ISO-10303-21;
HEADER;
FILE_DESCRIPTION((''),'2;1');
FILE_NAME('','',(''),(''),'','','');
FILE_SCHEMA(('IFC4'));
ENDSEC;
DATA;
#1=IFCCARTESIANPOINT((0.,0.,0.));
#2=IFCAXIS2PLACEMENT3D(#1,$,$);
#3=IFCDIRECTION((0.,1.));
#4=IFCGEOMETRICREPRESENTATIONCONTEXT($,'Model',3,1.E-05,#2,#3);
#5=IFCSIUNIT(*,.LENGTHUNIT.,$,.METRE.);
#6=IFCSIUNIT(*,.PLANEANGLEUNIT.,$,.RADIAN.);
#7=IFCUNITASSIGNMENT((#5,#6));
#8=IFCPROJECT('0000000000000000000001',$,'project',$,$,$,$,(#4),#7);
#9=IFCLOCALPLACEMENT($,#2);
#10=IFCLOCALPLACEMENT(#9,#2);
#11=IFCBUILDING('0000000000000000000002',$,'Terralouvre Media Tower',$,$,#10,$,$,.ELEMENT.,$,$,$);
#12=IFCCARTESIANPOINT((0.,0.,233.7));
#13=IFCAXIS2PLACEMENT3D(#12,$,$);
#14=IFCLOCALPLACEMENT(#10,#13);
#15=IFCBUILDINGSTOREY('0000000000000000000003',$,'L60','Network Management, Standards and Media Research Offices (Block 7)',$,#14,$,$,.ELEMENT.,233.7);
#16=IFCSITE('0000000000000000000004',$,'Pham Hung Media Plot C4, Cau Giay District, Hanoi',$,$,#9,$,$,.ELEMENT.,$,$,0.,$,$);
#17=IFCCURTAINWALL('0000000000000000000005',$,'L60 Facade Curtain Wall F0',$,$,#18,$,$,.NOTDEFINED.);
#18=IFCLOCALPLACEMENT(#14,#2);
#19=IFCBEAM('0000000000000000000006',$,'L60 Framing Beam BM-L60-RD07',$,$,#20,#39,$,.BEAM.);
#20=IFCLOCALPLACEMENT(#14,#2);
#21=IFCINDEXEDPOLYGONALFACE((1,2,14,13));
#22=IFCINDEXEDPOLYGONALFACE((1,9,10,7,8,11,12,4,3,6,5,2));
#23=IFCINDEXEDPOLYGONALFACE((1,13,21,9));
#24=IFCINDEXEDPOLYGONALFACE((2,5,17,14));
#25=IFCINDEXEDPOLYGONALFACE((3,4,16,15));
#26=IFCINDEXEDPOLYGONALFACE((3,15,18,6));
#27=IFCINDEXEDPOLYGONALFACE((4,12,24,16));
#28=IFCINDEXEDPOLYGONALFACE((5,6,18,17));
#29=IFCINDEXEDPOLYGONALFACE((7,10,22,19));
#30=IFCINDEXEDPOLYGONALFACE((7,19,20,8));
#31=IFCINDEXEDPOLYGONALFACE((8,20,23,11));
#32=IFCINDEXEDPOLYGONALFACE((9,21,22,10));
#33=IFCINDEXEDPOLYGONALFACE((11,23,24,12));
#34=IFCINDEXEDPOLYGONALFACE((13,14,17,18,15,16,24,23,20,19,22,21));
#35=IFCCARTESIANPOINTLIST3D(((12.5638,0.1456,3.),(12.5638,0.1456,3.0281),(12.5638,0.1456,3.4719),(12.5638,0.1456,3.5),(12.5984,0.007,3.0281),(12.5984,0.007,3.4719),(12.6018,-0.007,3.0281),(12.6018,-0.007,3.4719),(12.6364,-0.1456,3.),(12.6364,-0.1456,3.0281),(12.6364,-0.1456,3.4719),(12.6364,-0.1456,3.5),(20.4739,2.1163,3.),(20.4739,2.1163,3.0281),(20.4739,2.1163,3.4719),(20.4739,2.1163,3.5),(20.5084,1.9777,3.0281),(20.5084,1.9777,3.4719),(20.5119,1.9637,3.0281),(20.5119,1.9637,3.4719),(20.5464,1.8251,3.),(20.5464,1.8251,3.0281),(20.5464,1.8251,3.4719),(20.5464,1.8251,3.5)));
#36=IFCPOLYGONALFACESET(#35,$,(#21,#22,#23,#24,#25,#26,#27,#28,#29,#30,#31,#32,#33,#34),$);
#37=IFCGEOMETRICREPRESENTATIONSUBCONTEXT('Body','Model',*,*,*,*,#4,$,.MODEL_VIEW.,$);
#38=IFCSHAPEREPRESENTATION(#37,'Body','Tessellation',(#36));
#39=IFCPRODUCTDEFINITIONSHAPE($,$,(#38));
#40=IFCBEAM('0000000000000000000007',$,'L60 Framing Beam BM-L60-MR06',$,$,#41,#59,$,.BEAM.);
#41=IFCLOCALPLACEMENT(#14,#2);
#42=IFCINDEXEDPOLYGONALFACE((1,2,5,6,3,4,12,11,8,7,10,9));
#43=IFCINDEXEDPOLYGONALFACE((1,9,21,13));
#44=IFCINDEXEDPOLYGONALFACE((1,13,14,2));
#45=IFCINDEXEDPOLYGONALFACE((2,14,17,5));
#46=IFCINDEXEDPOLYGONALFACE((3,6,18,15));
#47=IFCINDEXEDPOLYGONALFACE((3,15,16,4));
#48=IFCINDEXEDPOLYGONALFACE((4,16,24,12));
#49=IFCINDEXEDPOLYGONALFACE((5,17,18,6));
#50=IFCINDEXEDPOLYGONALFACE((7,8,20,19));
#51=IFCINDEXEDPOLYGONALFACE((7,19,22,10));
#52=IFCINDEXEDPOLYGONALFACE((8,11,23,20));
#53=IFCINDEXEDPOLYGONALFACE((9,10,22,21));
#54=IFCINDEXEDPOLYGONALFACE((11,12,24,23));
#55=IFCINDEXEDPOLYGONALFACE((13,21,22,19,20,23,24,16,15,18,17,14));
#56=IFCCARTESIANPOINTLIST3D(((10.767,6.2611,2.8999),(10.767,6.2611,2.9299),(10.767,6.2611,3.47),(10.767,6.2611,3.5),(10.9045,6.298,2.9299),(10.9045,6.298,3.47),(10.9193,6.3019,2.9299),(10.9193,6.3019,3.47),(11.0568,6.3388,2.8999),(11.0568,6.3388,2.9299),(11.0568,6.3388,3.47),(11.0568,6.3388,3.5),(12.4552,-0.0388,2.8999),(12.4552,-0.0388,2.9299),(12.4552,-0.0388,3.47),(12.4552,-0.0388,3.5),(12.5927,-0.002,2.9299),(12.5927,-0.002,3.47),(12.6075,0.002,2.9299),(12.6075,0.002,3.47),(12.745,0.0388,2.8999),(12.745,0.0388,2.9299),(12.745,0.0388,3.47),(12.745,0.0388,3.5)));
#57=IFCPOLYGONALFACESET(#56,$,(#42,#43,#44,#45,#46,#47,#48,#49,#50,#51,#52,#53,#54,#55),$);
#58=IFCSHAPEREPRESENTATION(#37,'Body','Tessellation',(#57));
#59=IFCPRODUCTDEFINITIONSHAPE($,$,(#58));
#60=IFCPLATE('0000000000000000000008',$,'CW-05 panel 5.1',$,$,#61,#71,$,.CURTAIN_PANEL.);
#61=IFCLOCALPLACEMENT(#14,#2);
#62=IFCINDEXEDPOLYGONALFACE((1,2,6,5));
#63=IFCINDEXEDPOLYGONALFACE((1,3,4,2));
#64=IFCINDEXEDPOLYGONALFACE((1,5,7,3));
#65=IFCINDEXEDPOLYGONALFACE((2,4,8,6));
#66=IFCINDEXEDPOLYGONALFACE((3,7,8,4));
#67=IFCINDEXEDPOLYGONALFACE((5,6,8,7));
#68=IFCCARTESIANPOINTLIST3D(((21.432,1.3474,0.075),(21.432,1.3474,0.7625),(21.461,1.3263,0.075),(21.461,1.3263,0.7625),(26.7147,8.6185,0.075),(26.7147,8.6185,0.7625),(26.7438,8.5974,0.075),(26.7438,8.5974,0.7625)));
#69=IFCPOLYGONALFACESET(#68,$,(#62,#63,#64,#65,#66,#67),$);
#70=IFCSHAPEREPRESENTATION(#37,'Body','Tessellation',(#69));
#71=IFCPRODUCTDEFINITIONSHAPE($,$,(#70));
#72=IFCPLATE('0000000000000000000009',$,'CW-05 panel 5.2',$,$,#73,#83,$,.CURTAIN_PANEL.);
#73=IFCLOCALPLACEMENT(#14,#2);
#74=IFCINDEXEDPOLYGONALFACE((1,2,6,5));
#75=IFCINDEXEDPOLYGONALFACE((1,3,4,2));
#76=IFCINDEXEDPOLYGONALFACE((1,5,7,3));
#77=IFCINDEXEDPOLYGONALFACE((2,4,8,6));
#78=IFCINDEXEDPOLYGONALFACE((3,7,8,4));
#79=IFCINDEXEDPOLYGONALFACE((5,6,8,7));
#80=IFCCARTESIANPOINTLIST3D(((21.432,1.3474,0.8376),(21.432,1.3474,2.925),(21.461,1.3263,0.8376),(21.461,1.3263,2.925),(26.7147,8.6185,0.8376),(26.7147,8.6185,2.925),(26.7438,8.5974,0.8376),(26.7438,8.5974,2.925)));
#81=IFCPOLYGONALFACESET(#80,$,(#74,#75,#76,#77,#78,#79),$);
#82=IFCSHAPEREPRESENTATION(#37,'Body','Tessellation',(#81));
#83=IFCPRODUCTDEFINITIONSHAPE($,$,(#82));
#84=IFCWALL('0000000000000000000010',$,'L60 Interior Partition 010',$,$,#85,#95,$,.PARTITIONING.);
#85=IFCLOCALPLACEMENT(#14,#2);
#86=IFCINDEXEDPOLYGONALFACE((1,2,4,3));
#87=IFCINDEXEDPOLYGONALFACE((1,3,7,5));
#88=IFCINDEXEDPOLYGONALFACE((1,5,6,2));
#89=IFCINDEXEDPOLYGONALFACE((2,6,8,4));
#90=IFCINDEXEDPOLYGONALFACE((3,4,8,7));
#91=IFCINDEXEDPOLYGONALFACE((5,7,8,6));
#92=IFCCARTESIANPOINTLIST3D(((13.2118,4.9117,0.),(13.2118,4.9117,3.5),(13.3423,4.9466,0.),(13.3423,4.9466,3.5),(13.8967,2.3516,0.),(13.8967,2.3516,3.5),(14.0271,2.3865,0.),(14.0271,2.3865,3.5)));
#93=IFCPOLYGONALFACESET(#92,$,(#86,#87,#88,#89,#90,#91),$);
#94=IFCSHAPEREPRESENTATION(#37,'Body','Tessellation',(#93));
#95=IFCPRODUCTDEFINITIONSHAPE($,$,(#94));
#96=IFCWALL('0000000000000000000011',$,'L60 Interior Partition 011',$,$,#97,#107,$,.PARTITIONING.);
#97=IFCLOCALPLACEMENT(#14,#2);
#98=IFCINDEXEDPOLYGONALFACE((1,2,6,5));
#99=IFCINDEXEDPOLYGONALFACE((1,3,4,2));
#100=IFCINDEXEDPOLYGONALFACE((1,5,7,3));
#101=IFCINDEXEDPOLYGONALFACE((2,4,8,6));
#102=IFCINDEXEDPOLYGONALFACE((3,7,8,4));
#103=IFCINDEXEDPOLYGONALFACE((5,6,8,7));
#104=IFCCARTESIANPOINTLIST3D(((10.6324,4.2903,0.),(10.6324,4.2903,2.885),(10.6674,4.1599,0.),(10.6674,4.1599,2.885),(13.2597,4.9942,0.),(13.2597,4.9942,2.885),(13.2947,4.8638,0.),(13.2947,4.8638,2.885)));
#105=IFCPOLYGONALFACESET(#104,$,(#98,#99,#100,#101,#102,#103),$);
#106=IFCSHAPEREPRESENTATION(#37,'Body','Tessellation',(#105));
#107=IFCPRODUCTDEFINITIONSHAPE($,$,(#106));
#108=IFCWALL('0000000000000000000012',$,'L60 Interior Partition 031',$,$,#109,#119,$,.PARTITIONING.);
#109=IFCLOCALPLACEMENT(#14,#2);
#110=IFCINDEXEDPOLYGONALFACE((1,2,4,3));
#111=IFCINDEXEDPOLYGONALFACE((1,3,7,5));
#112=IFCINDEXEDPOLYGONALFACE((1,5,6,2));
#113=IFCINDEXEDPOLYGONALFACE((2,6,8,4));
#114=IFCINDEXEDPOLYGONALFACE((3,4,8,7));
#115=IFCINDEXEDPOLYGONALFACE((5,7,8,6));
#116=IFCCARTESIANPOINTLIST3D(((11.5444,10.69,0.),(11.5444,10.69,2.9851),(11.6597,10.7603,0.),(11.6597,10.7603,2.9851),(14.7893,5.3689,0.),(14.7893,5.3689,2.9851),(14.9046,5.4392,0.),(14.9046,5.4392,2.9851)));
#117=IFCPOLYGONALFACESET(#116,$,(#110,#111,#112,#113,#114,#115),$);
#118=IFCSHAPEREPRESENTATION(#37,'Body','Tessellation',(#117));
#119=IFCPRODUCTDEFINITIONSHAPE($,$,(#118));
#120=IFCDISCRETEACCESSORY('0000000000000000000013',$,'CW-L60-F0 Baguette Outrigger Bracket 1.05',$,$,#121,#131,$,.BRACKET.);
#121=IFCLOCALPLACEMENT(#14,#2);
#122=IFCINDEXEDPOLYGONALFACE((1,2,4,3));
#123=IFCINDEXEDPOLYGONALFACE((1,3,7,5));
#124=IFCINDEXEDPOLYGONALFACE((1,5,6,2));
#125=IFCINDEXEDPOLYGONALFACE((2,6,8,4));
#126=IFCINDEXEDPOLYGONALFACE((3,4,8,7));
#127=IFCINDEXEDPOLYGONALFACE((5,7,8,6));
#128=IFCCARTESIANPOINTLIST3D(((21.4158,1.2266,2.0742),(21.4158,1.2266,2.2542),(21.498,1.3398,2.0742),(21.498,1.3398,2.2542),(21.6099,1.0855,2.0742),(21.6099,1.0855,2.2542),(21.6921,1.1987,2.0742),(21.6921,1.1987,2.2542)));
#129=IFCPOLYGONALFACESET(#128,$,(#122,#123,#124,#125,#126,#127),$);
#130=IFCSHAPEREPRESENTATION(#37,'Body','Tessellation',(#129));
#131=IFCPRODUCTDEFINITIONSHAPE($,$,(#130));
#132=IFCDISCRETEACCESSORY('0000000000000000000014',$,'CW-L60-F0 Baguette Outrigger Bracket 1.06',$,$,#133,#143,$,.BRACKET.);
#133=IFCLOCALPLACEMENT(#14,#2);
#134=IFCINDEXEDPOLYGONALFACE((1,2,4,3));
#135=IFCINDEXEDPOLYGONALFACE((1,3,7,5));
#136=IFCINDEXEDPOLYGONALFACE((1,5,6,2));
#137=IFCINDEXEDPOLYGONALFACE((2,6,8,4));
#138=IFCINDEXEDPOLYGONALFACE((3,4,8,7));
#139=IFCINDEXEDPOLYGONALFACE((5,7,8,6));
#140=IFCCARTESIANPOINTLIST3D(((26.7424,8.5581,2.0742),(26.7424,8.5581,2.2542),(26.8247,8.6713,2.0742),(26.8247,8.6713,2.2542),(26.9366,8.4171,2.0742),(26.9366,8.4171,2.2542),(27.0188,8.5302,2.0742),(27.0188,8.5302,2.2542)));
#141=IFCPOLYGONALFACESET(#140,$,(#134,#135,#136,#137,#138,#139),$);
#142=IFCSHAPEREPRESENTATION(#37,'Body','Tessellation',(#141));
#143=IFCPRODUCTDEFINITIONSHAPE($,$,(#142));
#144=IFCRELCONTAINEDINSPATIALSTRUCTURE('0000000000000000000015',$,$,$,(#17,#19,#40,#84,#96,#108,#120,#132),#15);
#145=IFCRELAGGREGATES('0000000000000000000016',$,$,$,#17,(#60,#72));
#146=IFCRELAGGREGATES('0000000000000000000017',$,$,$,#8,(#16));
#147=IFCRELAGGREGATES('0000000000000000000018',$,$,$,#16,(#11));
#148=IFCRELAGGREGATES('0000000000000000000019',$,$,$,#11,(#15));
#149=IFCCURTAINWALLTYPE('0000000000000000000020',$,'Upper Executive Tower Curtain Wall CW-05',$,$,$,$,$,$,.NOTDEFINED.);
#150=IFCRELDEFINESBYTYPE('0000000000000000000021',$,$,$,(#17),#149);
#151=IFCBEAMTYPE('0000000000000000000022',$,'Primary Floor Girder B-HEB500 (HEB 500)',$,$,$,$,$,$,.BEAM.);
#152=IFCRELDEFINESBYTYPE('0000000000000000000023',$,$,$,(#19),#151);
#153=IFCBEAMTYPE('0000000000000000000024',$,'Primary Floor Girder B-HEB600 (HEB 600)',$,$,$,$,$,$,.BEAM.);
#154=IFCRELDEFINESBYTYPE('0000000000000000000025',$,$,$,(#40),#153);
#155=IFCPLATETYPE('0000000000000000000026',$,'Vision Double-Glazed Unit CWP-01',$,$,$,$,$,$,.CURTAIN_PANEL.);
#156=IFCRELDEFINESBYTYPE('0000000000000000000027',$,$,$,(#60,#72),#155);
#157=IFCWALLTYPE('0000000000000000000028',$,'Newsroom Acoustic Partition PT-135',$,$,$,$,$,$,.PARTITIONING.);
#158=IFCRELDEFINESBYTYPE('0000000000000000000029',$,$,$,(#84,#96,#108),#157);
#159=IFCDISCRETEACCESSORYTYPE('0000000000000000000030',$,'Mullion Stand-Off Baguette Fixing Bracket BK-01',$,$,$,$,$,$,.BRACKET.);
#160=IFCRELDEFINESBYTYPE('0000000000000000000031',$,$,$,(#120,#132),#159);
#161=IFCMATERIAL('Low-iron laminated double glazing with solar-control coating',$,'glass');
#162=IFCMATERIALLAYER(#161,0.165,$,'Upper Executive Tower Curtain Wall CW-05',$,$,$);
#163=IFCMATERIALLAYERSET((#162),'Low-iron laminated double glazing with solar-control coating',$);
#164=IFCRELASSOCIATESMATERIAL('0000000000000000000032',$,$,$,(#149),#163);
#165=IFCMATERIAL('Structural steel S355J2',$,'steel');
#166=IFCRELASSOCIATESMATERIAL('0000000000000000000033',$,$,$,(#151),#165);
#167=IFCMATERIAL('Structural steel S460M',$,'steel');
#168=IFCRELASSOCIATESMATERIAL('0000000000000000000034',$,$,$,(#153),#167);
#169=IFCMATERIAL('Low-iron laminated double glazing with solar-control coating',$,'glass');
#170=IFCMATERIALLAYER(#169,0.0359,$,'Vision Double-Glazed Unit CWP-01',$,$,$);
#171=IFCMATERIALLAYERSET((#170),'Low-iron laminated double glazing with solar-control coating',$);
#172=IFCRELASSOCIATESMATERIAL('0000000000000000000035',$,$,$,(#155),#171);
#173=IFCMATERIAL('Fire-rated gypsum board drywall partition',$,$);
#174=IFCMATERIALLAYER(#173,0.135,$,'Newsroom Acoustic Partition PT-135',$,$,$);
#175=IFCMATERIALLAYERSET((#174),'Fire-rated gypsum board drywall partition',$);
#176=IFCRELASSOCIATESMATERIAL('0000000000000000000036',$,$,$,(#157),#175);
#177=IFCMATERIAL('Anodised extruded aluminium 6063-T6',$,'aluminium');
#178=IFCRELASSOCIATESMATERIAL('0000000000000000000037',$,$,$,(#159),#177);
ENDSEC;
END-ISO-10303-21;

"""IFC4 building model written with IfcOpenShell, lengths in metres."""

from ifc_helpers import new_model, si_unit, direction, frame, frame_2d, origin, origin_2d, place, context, subcontext, project, spatial, rectangle, i_section, extrude, material, layer, layer_set, material_profile, profile_set, type_object, element, aggregate, save


model = new_model("IFC4")

# Units and contexts
model_context = context("Model", 3, precision=1e-05, world=origin(), true_north=direction((0.0, 1.0)))
body_context = subcontext(model_context, "Body", "Model", "MODEL_VIEW")
ifc_project = project(units=[si_unit("LENGTHUNIT", "METRE"), si_unit("PLANEANGLEUNIT", "RADIAN")], contexts=[model_context])

# Site, building, storey
site_placement = place(None, origin())
site = spatial("IfcSite", under=ifc_project, at=site_placement, Name="Pham Hung Media Plot C4, Cau Giay District, Hanoi", CompositionType="ELEMENT", RefElevation=0.0)
building_placement = place(site_placement, origin())
building = spatial("IfcBuilding", under=site, at=building_placement, Name="Terralouvre Media Tower", CompositionType="ELEMENT")
storey_placement = place(building_placement, frame((0.0, 0.0, 233.7)))
storey = spatial("IfcBuildingStorey", under=building, at=storey_placement, Name="L60", Description="Network Management, Standards and Media Research Offices (Block 7)", CompositionType="ELEMENT", Elevation=233.7)

# Curtain wall
ifc_material_1 = material(Name="Low-iron laminated double glazing with solar-control coating", Category="glass")
ifc_layer_1 = layer(ifc_material_1, 0.165, Name="Upper Executive Tower Curtain Wall CW-05")
ifc_layer_set_1 = layer_set([ifc_layer_1], Name="Low-iron laminated double glazing with solar-control coating")
curtain_wall_type_1 = type_object("IfcCurtainWallType", Name="Upper Executive Tower Curtain Wall CW-05", PredefinedType="NOTDEFINED", material=ifc_layer_set_1)
curtain_wall_1_placement = place(storey_placement, origin())
curtain_wall_1 = element("IfcCurtainWall", 1, at=curtain_wall_1_placement, inside=storey, type_object=curtain_wall_type_1, Name="L60 Facade Curtain Wall F0", PredefinedType="NOTDEFINED")

# Beams
ifc_material_2 = material(Name="Structural steel S355J2", Category="steel")
ifc_material_profile_1 = material_profile(ifc_material_2, i_section(OverallWidth=0.3, OverallDepth=0.5, WebThickness=0.0144, FlangeThickness=0.0281, at=origin_2d()), Name="HEB 500")
ifc_profile_set_1 = profile_set([ifc_material_profile_1], Name="Structural steel S355J2")
beam_type_1 = type_object("IfcBeamType", Name="Primary Floor Girder B-HEB500 (HEB 500)", PredefinedType="BEAM", material=ifc_profile_set_1)
beam_1_placement = place(storey_placement, frame((12.6001, 0.0, 3.25), z_axis=(0.970339, 0.241746, 0.0), x_axis=(-0.241746, 0.970339, 0.0)))
element("IfcBeam", 2, at=beam_1_placement, inside=storey, type_object=beam_type_1, Name="L60 Framing Beam BM-L60-RD07", PredefinedType="BEAM", context=body_context, shape_type="SweptSolid", body=[
    extrude(i_section(OverallWidth=0.3, OverallDepth=0.5, WebThickness=0.0144, FlangeThickness=0.0281, at=origin_2d()), origin(), (0.0, 0.0, 1.0), 8.1519),
])
ifc_material_3 = material(Name="Structural steel S460M", Category="steel")
ifc_material_profile_2 = material_profile(ifc_material_3, i_section(OverallWidth=0.3, OverallDepth=0.6001, WebThickness=0.0154, FlangeThickness=0.03, at=origin_2d()), Name="HEB 600")
ifc_profile_set_2 = profile_set([ifc_material_profile_2], Name="Structural steel S460M")
beam_type_2 = type_object("IfcBeamType", Name="Primary Floor Girder B-HEB600 (HEB 600)", PredefinedType="BEAM", material=ifc_profile_set_2)
beam_2_placement = place(storey_placement, frame((12.6001, 0.0, 3.2), z_axis=(-0.258839, 0.96592, 0.0), x_axis=(-0.96592, -0.258839, 0.0)))
element("IfcBeam", 3, at=beam_2_placement, inside=storey, type_object=beam_type_2, Name="L60 Framing Beam BM-L60-MR06", PredefinedType="BEAM", context=body_context, shape_type="SweptSolid", body=[
    extrude(i_section(OverallWidth=0.3, OverallDepth=0.6001, WebThickness=0.0154, FlangeThickness=0.03, at=origin_2d()), origin(), (0.0, 0.0, 1.0), 6.5222),
])

# Plates
ifc_material_4 = material(Name="Low-iron laminated double glazing with solar-control coating", Category="glass")
ifc_layer_2 = layer(ifc_material_4, 0.0359, Name="Vision Double-Glazed Unit CWP-01")
ifc_layer_set_2 = layer_set([ifc_layer_2], Name="Low-iron laminated double glazing with solar-control coating")
plate_type = type_object("IfcPlateType", Name="Vision Double-Glazed Unit CWP-01", PredefinedType="CURTAIN_PANEL", material=ifc_layer_set_2)
plate_1_placement = place(storey_placement, frame((24.0879, 4.9724, 0.075), z_axis=(0.0, 0.0, 1.0), x_axis=(0.587785, 0.809017, 0.0)))
plate_1 = element("IfcPlate", 4, at=plate_1_placement, type_object=plate_type, Name="CW-05 panel 5.1", PredefinedType="CURTAIN_PANEL", context=body_context, shape_type="SweptSolid", body=[
    extrude(rectangle(XDim=8.9875, YDim=0.0359, at=origin_2d()), origin(), (0.0, 0.0, 1.0), 0.6875),
])
plate_2_placement = place(storey_placement, frame((24.0879, 4.9724, 0.8376), z_axis=(0.0, 0.0, 1.0), x_axis=(0.587785, 0.809017, 0.0)))
plate_2 = element("IfcPlate", 5, at=plate_2_placement, type_object=plate_type, Name="CW-05 panel 5.2", PredefinedType="CURTAIN_PANEL", context=body_context, shape_type="SweptSolid", body=[
    extrude(rectangle(XDim=8.9875, YDim=0.0359, at=origin_2d()), origin(), (0.0, 0.0, 1.0), 2.0874),
])
aggregate(curtain_wall_1, [plate_1, plate_2])

# Walls
ifc_material_5 = material(Name="Fire-rated gypsum board drywall partition")
ifc_layer_3 = layer(ifc_material_5, 0.135, Name="Newsroom Acoustic Partition PT-135")
ifc_layer_set_3 = layer_set([ifc_layer_3], Name="Fire-rated gypsum board drywall partition")
wall_type = type_object("IfcWallType", Name="Newsroom Acoustic Partition PT-135", PredefinedType="PARTITIONING", material=ifc_layer_set_3)
wall_1_placement = place(storey_placement, frame((13.9619, 2.3689, 0.0), z_axis=(0.0, 0.0, 1.0), x_axis=(-0.258414, 0.966034, 0.0)))
element("IfcWall", 6, at=wall_1_placement, inside=storey, type_object=wall_type, Name="L60 Interior Partition 010", PredefinedType="PARTITIONING", context=body_context, shape_type="SweptSolid", body=[
    extrude(rectangle(XDim=2.6501, YDim=0.135, at=frame_2d((1.3252, 0.0))), origin(), (0.0, 0.0, 1.0), 3.5),
])
wall_2_placement = place(storey_placement, frame((13.2771, 4.929, 0.0), z_axis=(0.0, 0.0, 1.0), x_axis=(-0.965935, -0.258785, 0.0)))
element("IfcWall", 7, at=wall_2_placement, inside=storey, type_object=wall_type, Name="L60 Interior Partition 011", PredefinedType="PARTITIONING", context=body_context, shape_type="SweptSolid", body=[
    extrude(rectangle(XDim=2.72, YDim=0.135, at=frame_2d((1.3599, 0.0))), origin(), (0.0, 0.0, 1.0), 2.885),
])
wall_3_placement = place(storey_placement, frame((14.8469, 5.4041, 0.0), z_axis=(0.0, 0.0, 1.0), x_axis=(-0.520646, 0.853772, 0.0)))
element("IfcWall", 8, at=wall_3_placement, inside=storey, type_object=wall_type, Name="L60 Interior Partition 031", PredefinedType="PARTITIONING", context=body_context, shape_type="SweptSolid", body=[
    extrude(rectangle(XDim=6.2324, YDim=0.135, at=frame_2d((3.1162, 0.0))), origin(), (0.0, 0.0, 1.0), 2.9851),
])

# Discrete accessories
ifc_material_6 = material(Name="Anodised extruded aluminium 6063-T6", Category="aluminium")
discrete_accessory_type = type_object("IfcDiscreteAccessoryType", Name="Mullion Stand-Off Baguette Fixing Bracket BK-01", PredefinedType="BRACKET", material=ifc_material_6)
for number, where, z_axis, x_axis, name in (
    (9, (21.554, 1.2126, 2.0742), (0.0, 0.0, 1.0), (0.587785, 0.809017, 0.0), "CW-L60-F0 Baguette Outrigger Bracket 1.05"),
    (10, (26.8806, 8.5442, 2.0742), (0.0, 0.0, 1.0), (0.587785, 0.809017, 0.0), "CW-L60-F0 Baguette Outrigger Bracket 1.06"),
):
    element("IfcDiscreteAccessory", number, at=place(storey_placement, frame(where, z_axis=z_axis, x_axis=x_axis)), inside=storey, type_object=discrete_accessory_type, Name=name, PredefinedType="BRACKET", context=body_context, shape_type="SweptSolid", body=[
        extrude(rectangle(XDim=0.1399, YDim=0.24, at=origin_2d()), origin(), (0.0, 0.0, 1.0), 0.1799),
    ])

save(model, "model.ifc")
